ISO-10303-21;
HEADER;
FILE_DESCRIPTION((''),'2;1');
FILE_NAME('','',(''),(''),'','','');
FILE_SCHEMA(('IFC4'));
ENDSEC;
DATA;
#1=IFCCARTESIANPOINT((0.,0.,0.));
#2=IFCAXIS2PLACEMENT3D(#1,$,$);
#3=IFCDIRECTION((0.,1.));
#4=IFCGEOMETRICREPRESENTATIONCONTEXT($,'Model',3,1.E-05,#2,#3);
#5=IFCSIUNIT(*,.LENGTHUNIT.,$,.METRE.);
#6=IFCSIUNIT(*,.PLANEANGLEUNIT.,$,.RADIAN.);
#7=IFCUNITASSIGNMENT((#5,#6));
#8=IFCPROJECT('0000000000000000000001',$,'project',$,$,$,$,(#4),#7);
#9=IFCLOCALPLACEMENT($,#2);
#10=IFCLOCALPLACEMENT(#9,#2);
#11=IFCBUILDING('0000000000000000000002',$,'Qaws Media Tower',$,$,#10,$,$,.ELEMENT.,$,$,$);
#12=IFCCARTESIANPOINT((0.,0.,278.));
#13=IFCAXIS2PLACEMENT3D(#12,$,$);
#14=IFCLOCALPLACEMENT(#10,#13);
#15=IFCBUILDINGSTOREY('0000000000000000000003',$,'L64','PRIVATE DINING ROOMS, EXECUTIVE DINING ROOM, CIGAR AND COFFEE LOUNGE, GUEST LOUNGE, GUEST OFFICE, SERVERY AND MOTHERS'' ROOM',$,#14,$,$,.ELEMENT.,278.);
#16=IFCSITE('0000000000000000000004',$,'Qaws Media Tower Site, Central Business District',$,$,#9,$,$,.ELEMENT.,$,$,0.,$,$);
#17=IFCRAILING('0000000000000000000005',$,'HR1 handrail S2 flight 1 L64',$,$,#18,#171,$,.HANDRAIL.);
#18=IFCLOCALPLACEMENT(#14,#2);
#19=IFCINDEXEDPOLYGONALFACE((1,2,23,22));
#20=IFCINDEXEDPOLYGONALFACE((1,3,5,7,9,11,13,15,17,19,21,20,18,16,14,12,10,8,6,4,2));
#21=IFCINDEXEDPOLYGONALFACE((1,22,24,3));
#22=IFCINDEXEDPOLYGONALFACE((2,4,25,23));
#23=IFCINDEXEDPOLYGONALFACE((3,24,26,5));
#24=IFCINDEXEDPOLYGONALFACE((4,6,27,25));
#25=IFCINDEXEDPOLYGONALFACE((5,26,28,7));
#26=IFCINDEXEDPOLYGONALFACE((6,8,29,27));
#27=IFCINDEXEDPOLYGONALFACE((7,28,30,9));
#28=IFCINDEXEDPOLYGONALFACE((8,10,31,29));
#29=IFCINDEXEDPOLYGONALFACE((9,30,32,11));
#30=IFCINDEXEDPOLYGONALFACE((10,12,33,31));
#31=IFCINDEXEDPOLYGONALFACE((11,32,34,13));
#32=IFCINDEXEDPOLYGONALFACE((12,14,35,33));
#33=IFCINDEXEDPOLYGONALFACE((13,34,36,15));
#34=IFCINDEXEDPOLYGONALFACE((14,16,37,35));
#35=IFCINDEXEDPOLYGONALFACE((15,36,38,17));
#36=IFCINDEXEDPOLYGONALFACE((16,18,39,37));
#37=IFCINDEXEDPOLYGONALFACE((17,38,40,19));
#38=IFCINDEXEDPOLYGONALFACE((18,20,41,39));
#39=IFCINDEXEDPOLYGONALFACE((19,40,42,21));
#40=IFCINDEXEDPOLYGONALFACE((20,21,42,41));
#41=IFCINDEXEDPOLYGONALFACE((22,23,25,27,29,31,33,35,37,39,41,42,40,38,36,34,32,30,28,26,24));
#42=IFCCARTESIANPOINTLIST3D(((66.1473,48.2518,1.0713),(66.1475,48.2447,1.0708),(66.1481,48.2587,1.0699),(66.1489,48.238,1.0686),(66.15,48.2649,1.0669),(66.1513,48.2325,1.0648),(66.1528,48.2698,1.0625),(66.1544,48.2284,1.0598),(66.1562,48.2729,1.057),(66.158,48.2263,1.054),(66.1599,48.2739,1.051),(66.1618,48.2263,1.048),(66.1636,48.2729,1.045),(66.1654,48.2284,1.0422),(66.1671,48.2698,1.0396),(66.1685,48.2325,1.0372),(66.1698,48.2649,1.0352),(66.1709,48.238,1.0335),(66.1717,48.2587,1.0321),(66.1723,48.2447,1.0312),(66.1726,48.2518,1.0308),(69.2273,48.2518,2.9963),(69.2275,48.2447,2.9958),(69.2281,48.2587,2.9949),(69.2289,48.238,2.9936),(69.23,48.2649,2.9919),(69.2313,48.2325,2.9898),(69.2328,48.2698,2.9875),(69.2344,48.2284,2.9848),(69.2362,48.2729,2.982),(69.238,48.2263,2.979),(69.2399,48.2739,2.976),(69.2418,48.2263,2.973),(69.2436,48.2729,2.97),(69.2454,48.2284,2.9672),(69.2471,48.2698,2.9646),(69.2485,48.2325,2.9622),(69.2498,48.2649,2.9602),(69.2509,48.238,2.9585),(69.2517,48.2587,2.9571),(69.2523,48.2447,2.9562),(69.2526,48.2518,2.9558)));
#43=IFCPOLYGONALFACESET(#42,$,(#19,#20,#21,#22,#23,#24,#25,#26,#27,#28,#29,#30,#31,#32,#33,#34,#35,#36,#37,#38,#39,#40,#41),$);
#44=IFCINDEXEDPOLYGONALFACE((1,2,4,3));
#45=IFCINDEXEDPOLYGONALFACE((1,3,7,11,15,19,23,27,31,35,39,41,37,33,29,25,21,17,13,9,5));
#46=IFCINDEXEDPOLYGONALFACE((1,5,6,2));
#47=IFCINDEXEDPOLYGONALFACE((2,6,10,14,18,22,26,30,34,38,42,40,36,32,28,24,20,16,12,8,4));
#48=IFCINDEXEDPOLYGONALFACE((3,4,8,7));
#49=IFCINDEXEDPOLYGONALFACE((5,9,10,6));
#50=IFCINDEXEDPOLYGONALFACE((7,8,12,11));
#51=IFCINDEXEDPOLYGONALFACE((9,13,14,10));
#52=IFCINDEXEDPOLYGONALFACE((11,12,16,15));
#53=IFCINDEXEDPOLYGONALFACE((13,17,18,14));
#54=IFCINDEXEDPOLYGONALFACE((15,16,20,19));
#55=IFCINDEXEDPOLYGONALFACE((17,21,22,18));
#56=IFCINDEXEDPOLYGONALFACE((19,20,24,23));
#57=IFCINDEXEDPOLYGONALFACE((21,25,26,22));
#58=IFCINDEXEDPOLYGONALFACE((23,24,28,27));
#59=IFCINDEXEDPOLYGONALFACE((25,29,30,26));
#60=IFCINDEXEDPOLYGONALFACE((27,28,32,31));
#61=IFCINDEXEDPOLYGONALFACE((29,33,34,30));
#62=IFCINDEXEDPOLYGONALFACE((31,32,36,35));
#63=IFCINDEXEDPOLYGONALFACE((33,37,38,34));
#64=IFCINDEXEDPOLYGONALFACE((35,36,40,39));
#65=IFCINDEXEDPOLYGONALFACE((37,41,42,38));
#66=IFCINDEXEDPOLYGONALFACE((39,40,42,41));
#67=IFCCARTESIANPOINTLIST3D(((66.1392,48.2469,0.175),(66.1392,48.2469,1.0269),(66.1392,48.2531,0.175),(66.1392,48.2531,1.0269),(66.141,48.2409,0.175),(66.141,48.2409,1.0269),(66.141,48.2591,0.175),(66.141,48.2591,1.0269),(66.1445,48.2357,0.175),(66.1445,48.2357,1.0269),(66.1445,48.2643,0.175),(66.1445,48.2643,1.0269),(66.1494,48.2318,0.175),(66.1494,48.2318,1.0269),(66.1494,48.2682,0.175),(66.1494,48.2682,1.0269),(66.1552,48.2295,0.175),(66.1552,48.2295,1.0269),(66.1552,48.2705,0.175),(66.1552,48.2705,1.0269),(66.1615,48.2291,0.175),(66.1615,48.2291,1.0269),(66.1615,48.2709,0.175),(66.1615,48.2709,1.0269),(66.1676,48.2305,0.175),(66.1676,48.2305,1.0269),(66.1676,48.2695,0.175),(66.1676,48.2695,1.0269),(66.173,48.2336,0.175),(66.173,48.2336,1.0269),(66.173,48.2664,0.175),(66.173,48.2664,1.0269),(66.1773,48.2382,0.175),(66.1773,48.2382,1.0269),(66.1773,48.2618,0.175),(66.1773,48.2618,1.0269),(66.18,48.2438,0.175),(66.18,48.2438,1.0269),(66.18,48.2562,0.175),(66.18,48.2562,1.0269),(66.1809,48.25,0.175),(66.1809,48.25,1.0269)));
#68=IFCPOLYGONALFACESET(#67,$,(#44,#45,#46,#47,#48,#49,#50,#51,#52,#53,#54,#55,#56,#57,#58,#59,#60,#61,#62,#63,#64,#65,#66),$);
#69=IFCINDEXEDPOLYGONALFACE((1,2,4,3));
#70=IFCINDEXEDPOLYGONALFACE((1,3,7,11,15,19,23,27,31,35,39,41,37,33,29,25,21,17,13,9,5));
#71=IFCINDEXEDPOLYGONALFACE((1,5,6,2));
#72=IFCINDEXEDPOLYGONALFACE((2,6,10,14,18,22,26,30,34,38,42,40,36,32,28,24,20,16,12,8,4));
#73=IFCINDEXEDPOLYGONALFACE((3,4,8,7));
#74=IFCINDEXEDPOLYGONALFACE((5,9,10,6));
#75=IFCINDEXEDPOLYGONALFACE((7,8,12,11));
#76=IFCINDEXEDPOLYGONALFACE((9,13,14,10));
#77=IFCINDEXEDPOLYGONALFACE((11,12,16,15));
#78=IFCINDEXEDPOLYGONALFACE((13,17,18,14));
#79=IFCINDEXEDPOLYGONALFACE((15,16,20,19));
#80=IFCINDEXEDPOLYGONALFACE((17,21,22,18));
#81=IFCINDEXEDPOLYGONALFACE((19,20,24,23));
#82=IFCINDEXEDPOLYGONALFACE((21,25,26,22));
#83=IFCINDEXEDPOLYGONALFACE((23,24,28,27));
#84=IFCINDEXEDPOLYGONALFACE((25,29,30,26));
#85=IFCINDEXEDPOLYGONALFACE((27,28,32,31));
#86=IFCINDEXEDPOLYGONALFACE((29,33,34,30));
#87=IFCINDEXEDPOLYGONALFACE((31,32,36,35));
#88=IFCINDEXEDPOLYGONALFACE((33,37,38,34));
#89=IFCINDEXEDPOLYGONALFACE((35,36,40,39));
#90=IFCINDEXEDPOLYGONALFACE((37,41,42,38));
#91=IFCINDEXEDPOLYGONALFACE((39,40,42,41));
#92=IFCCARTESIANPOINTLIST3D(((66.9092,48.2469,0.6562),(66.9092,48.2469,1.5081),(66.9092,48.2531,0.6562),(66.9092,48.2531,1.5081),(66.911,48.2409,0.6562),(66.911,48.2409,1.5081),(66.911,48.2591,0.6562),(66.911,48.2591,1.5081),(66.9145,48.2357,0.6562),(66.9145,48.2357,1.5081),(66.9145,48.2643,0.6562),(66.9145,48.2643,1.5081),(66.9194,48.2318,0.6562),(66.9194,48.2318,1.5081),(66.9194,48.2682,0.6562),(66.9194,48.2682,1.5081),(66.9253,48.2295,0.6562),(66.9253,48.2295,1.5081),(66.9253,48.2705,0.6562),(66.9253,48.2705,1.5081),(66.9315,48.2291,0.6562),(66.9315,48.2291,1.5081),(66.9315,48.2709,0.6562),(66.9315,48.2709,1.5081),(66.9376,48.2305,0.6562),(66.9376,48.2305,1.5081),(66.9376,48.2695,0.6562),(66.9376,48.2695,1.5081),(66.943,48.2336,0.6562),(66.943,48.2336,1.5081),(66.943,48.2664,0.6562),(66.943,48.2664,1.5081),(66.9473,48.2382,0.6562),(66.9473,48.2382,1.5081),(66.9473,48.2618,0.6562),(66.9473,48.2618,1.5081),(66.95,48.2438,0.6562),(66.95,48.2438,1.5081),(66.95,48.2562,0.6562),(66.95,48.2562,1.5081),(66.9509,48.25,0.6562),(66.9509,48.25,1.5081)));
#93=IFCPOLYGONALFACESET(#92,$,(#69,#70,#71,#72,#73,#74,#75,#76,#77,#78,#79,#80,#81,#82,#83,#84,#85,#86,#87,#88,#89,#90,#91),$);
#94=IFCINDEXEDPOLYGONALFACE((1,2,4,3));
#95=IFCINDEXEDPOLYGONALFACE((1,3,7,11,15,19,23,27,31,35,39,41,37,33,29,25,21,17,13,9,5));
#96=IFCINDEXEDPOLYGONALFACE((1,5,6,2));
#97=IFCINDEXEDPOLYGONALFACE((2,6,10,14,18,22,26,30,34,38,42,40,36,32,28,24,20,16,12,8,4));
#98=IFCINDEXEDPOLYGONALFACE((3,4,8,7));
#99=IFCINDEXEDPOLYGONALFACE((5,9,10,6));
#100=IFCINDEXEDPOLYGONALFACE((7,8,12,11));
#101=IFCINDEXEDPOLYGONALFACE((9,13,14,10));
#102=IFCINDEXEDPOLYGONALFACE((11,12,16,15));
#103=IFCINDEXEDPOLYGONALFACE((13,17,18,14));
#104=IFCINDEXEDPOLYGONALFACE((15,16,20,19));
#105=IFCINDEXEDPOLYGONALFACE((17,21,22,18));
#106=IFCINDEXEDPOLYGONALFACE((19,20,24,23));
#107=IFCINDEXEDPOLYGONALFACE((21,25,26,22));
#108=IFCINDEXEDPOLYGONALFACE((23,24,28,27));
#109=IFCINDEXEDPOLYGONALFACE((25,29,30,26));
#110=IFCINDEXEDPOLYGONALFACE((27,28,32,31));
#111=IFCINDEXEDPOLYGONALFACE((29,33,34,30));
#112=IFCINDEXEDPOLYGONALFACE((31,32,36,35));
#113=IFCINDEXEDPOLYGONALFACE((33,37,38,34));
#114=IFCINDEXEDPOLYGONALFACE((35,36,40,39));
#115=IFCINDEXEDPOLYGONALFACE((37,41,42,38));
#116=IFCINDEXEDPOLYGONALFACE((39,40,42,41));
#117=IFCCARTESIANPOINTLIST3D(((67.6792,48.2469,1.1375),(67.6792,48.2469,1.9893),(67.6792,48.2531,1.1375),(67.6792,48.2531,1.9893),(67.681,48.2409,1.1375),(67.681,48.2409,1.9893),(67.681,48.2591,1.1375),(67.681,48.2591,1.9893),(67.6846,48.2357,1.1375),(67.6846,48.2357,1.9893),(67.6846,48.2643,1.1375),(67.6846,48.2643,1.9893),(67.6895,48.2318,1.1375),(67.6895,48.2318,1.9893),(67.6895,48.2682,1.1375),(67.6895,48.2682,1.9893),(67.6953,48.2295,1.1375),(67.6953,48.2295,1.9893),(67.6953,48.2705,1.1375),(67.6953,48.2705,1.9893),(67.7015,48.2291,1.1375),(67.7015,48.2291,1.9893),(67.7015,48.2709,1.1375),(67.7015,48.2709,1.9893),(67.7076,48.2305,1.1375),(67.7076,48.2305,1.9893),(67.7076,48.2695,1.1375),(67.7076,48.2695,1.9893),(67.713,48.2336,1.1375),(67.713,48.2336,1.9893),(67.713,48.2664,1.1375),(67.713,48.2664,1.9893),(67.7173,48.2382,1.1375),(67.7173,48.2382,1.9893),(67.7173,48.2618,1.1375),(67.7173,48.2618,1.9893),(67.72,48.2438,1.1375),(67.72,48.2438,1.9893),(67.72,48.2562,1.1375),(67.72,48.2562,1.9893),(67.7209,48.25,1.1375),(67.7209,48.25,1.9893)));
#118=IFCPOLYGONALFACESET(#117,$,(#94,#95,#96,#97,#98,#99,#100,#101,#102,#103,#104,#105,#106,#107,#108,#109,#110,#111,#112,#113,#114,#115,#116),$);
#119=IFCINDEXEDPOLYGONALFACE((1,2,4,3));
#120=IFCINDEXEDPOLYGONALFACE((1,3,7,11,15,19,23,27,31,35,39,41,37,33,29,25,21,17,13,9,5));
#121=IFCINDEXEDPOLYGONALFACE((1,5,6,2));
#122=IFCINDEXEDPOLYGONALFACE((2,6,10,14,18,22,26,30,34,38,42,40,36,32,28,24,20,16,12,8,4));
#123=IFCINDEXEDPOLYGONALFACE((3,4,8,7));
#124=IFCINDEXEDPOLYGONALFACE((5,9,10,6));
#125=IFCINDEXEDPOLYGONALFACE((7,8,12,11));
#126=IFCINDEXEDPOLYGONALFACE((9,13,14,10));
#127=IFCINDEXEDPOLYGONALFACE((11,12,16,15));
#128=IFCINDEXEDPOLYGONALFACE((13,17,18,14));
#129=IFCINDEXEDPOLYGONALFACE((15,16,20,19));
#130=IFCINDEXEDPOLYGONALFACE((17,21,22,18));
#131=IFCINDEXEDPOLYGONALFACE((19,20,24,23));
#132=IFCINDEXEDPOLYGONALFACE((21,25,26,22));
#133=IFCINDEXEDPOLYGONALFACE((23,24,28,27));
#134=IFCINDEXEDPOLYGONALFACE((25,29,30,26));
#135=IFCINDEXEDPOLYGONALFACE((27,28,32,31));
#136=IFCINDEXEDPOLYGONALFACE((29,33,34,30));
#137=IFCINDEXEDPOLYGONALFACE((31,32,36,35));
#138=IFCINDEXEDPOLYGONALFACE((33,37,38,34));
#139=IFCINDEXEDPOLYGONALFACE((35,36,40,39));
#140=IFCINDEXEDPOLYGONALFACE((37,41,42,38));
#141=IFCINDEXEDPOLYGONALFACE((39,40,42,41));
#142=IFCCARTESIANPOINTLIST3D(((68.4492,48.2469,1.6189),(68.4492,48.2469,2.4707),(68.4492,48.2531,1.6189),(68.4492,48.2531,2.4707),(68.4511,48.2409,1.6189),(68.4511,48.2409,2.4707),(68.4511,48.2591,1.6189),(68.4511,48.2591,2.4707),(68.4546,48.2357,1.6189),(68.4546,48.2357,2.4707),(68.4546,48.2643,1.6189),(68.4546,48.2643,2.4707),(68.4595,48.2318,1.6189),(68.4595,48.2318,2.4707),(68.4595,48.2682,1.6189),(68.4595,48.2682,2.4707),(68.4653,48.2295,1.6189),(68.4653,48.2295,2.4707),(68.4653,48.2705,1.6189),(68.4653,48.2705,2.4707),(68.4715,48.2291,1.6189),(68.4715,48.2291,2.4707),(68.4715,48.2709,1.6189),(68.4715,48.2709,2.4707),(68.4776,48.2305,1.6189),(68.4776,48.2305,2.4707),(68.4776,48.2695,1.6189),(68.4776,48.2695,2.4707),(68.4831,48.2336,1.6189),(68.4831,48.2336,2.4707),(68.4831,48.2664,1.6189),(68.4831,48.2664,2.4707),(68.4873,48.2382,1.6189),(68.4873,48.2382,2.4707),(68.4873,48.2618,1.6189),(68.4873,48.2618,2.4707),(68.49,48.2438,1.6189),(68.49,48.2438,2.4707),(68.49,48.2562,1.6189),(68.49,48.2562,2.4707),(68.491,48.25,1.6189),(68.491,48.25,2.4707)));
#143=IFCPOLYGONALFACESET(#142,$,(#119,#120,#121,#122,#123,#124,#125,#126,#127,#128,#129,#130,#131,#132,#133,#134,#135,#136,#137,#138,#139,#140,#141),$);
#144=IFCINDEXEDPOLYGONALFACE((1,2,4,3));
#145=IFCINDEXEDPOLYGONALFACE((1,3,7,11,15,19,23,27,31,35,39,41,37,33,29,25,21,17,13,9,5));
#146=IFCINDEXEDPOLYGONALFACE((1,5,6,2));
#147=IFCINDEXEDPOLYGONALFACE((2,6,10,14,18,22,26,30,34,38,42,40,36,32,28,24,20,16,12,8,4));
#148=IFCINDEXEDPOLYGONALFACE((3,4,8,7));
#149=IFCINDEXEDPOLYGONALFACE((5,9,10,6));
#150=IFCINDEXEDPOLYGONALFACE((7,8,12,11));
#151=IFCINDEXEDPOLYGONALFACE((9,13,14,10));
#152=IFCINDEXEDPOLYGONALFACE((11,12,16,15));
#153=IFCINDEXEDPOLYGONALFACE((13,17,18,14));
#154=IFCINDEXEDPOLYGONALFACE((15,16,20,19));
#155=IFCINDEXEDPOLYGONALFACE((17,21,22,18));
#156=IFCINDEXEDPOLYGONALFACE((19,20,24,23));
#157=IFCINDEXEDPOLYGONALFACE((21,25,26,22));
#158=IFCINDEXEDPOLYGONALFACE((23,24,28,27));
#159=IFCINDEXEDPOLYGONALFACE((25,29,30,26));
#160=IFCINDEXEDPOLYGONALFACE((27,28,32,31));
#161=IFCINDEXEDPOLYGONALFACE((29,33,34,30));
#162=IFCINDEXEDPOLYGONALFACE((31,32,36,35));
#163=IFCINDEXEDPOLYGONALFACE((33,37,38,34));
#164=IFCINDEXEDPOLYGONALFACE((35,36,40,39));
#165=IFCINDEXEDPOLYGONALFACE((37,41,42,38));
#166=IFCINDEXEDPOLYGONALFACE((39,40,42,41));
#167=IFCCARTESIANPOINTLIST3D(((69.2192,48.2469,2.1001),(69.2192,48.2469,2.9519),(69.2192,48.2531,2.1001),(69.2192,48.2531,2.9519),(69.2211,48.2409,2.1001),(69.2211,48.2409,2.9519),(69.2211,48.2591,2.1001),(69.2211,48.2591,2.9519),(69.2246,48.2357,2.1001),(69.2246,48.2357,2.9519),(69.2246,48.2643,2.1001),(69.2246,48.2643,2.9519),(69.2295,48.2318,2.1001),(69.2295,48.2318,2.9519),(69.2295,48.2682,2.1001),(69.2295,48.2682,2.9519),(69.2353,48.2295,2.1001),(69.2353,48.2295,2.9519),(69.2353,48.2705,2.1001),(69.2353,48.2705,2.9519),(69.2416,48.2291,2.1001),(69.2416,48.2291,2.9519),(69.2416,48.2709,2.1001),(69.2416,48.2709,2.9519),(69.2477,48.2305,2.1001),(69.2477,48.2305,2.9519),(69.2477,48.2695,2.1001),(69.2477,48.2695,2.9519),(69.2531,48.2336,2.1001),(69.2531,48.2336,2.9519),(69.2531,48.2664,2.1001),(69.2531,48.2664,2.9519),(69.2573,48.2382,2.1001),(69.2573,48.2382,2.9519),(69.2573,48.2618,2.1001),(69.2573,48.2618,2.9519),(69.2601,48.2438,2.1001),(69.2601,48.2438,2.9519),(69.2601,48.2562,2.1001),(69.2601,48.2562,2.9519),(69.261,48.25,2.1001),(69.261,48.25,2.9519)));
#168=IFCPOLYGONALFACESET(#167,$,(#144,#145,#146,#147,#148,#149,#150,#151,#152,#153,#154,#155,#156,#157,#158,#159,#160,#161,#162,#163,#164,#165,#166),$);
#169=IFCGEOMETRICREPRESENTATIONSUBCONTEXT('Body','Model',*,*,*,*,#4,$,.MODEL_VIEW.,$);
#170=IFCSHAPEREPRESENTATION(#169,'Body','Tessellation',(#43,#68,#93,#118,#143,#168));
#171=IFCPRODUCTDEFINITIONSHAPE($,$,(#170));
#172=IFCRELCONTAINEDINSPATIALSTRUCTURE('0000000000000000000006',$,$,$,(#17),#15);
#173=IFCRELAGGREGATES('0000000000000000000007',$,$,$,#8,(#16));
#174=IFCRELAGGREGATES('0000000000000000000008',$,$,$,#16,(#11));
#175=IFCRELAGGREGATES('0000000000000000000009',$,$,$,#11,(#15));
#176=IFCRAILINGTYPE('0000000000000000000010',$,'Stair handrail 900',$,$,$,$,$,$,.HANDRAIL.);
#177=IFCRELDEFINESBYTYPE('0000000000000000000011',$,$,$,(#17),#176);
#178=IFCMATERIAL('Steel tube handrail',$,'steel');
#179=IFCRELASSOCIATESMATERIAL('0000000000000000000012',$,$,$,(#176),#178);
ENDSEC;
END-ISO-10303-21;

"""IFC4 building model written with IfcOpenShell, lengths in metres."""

from ifc_helpers import new_model, si_unit, direction, frame, origin, origin_2d, place, context, subcontext, project, spatial, circle, extrude, material, type_object, element, save


model = new_model("IFC4")

# Units and contexts
model_context = context("Model", 3, precision=1e-05, world=origin(), true_north=direction((0.0, 1.0)))
body_context = subcontext(model_context, "Body", "Model", "MODEL_VIEW")
ifc_project = project(units=[si_unit("LENGTHUNIT", "METRE"), si_unit("PLANEANGLEUNIT", "RADIAN")], contexts=[model_context])

# Site, building, storey
site_placement = place(None, origin())
site = spatial("IfcSite", under=ifc_project, at=site_placement, Name="Qaws Media Tower Site, Central Business District", CompositionType="ELEMENT", RefElevation=0.0)
building_placement = place(site_placement, origin())
building = spatial("IfcBuilding", under=site, at=building_placement, Name="Qaws Media Tower", CompositionType="ELEMENT")
storey_placement = place(building_placement, frame((0.0, 0.0, 278.0)))
storey = spatial("IfcBuildingStorey", under=building, at=storey_placement, Name="L64", Description="PRIVATE DINING ROOMS, EXECUTIVE DINING ROOM, CIGAR AND COFFEE LOUNGE, GUEST LOUNGE, GUEST OFFICE, SERVERY AND MOTHERS' ROOM", CompositionType="ELEMENT", Elevation=278.0)

# Railing
ifc_material_1 = material(Name="Steel tube handrail", Category="steel")
railing_type = type_object("IfcRailingType", Name="Stair handrail 900", PredefinedType="HANDRAIL", material=ifc_material_1)
for number, where, name in (
    (1, (66.1599, 48.25, 0.175), "HR1 handrail S2 flight 1 L64"),
):
    element("IfcRailing", number, at=place(storey_placement, frame(where)), inside=storey, type_object=railing_type, Name=name, PredefinedType="HANDRAIL", context=body_context, shape_type="SweptSolid", body=[
        extrude(circle(Radius=0.0239, at=origin_2d()), frame((0.0, 0.0, 0.876), z_axis=(0.847998, 0.0, 0.529999), x_axis=(0.0, 1.0, 0.0)), (0.0, 0.0, 1.0), 3.6321),
        extrude(circle(Radius=0.021, at=origin_2d()), origin(), (0.0, 0.0, 1.0), 0.8518),
        extrude(circle(Radius=0.021, at=origin_2d()), frame((0.77, 0.0, 0.4812)), (0.0, 0.0, 1.0), 0.8518),
        extrude(circle(Radius=0.021, at=origin_2d()), frame((1.54, 0.0, 0.9624)), (0.0, 0.0, 1.0), 0.8518),
        extrude(circle(Radius=0.021, at=origin_2d()), frame((2.3101, 0.0, 1.4438)), (0.0, 0.0, 1.0), 0.8518),
        extrude(circle(Radius=0.021, at=origin_2d()), frame((3.0801, 0.0, 1.925)), (0.0, 0.0, 1.0), 0.8518),
    ])

save(model, "model.ifc")
